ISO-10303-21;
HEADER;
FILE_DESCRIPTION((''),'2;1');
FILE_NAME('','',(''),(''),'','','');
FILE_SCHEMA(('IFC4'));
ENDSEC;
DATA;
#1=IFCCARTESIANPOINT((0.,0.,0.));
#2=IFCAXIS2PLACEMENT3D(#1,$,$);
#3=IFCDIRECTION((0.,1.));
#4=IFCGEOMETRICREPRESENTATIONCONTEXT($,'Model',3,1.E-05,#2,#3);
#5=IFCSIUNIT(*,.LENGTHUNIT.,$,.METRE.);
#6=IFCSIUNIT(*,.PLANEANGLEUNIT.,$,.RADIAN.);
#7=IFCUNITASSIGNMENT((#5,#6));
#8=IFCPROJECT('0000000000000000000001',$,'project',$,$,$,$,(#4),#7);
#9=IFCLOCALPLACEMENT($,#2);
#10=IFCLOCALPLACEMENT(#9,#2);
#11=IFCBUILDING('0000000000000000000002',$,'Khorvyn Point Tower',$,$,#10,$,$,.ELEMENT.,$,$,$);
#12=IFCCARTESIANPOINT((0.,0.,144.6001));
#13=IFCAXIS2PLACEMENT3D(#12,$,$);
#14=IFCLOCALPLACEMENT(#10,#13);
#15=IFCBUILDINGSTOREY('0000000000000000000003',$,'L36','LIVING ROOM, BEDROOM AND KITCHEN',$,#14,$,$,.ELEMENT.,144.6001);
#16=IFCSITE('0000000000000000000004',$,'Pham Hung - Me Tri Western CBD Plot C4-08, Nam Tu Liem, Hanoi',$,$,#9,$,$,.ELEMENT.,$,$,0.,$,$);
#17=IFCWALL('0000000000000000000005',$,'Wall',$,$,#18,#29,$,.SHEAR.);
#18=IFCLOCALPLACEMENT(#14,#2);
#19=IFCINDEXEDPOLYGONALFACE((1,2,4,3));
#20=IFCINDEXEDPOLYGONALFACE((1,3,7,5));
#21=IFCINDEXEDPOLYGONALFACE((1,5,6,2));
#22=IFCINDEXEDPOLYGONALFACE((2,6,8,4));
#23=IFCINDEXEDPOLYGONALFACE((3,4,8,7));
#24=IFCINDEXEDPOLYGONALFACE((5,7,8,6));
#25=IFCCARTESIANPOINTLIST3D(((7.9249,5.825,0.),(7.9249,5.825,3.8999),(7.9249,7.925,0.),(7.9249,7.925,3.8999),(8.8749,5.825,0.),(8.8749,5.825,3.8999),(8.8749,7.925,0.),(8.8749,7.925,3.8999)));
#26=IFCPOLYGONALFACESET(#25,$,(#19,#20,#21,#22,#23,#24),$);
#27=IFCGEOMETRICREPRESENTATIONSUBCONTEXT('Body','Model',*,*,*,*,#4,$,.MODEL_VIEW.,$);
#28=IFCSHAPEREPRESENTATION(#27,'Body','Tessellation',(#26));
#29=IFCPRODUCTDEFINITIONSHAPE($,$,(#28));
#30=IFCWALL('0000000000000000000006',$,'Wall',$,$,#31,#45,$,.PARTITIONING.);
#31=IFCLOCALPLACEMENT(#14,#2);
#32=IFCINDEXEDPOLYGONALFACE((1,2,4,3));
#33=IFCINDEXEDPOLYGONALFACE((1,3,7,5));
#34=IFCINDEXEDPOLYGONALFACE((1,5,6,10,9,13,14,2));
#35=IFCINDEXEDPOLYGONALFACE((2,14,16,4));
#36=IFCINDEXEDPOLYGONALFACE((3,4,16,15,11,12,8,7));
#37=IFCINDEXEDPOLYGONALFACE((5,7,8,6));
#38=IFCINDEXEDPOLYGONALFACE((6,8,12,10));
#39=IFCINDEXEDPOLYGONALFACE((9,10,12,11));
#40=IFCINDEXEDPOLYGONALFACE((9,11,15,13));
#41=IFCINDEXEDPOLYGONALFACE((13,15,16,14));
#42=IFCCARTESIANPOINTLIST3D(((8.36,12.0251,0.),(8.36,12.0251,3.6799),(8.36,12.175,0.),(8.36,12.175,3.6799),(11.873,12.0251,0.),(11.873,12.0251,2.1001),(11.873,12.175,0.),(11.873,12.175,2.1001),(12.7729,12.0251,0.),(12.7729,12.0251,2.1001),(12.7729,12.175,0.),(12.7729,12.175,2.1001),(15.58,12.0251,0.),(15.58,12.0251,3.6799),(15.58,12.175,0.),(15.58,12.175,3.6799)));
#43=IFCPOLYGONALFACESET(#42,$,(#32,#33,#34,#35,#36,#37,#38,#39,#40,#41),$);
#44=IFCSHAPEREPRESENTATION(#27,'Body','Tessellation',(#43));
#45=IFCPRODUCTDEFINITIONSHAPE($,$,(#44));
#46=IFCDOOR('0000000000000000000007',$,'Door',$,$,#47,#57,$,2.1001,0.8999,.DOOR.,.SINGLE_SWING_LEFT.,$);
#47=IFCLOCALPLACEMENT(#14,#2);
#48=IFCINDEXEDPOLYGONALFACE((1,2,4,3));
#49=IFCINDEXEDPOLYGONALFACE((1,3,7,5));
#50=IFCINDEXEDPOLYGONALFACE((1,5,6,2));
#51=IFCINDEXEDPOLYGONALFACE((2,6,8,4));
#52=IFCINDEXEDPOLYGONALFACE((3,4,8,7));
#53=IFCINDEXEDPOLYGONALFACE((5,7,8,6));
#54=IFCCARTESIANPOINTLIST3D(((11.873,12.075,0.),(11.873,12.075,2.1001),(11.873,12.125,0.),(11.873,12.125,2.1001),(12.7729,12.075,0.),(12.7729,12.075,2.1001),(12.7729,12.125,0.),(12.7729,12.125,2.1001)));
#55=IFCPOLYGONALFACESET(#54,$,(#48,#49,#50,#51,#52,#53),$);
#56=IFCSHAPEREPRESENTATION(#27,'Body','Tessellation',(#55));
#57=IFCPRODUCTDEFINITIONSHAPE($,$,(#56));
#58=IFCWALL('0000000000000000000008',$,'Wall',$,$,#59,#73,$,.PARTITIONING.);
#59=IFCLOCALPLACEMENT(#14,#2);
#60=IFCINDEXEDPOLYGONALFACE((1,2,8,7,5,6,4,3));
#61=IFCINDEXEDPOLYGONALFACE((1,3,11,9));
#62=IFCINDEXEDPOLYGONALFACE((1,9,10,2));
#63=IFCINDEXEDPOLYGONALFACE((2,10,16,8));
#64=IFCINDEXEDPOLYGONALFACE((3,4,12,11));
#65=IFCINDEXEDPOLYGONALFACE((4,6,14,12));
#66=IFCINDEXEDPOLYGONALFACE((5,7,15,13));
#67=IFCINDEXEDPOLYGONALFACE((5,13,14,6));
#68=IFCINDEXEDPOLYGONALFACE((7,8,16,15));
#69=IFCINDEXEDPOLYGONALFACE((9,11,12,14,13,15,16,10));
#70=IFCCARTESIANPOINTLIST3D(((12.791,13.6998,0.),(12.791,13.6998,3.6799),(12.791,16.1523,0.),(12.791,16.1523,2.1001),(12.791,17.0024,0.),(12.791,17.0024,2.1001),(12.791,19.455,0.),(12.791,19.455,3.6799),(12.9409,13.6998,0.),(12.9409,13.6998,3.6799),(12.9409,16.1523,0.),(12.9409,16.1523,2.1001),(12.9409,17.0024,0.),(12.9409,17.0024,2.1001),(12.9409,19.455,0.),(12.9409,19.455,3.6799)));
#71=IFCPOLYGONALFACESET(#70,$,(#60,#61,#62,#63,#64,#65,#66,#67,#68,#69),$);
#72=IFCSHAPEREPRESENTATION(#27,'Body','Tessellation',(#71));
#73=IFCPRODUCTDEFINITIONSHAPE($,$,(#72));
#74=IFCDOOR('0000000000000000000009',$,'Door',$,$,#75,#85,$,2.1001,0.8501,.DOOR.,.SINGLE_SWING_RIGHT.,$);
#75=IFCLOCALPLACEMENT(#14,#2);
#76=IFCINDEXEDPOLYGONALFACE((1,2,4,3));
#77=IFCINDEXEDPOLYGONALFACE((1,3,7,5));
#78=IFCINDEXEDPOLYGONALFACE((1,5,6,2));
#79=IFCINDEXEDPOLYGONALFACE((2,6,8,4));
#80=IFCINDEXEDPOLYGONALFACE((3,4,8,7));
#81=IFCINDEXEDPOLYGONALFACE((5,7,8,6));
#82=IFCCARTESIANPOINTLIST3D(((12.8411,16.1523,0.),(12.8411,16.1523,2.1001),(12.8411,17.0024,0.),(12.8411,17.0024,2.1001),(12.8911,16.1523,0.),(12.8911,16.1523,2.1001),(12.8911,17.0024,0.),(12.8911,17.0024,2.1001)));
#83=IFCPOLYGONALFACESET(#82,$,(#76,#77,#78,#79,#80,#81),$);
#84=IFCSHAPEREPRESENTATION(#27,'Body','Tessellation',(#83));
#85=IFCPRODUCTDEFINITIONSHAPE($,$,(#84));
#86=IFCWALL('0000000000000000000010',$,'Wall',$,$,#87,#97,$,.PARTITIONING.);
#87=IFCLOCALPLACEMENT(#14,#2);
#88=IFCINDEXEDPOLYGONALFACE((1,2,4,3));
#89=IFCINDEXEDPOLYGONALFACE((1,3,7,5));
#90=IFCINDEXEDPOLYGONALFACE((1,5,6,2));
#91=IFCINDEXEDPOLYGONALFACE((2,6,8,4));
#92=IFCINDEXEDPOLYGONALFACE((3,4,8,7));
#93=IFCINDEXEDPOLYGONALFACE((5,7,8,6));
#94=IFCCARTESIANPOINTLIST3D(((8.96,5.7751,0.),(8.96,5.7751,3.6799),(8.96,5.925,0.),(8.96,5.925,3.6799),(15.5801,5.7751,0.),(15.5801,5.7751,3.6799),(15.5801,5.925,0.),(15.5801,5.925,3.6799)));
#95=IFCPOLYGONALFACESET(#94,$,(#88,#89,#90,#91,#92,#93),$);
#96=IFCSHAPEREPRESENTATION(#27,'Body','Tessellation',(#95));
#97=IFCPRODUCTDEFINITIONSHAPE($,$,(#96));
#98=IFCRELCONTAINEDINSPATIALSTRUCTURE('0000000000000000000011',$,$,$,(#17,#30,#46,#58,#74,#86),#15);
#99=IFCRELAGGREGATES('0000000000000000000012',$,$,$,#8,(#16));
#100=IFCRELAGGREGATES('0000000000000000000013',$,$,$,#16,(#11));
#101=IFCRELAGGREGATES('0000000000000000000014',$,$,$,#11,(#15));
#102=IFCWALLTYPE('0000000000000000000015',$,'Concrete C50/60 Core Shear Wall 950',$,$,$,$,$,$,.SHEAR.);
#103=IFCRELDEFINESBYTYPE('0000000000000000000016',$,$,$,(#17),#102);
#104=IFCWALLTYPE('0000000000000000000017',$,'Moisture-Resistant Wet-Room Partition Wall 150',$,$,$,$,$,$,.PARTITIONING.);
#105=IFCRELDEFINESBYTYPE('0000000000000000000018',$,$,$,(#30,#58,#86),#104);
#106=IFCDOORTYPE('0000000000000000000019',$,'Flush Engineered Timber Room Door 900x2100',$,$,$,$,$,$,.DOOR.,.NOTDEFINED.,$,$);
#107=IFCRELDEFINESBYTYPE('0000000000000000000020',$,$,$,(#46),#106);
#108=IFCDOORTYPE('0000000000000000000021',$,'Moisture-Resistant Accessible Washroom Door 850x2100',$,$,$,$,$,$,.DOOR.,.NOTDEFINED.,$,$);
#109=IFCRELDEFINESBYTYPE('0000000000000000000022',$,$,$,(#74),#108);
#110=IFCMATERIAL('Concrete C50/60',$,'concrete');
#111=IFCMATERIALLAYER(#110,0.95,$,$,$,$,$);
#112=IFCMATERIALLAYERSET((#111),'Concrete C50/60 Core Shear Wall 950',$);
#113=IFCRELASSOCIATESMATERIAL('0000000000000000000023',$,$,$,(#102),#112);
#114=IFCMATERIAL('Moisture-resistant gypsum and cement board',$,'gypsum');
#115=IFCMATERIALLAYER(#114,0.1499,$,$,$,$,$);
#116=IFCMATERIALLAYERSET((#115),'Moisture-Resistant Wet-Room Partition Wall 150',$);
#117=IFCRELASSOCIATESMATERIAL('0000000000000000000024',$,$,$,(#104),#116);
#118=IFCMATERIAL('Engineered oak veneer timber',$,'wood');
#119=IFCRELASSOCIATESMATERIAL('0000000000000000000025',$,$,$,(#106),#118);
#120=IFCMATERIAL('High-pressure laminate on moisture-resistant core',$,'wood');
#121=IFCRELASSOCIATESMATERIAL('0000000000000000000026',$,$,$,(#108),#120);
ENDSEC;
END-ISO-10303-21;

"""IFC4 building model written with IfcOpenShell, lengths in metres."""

from ifc_helpers import new_model, si_unit, direction, frame, frame_2d, origin, place, context, subcontext, project, spatial, rectangle, extrude, material, layer, layer_set, type_object, element, fill, save


model = new_model("IFC4")

# Units and contexts
model_context = context("Model", 3, precision=1e-05, world=origin(), true_north=direction((0.0, 1.0)))
body_context = subcontext(model_context, "Body", "Model", "MODEL_VIEW")
ifc_project = project(units=[si_unit("LENGTHUNIT", "METRE"), si_unit("PLANEANGLEUNIT", "RADIAN")], contexts=[model_context])

# Site, building, storey
site_placement = place(None, origin())
site = spatial("IfcSite", under=ifc_project, at=site_placement, Name="Pham Hung - Me Tri Western CBD Plot C4-08, Nam Tu Liem, Hanoi", CompositionType="ELEMENT", RefElevation=0.0)
building_placement = place(site_placement, origin())
building = spatial("IfcBuilding", under=site, at=building_placement, Name="Khorvyn Point Tower", CompositionType="ELEMENT")
storey_placement = place(building_placement, frame((0.0, 0.0, 144.6001)))
storey = spatial("IfcBuildingStorey", under=building, at=storey_placement, Name="L36", Description="LIVING ROOM, BEDROOM AND KITCHEN", CompositionType="ELEMENT", Elevation=144.6001)

# Shared definitions
ifc_material_1 = material(Name="Concrete C50/60", Category="concrete")

# Wall
ifc_layer_1 = layer(ifc_material_1, 0.95)
ifc_layer_set_1 = layer_set([ifc_layer_1], Name="Concrete C50/60 Core Shear Wall 950")
wall_type_1 = type_object("IfcWallType", Name="Concrete C50/60 Core Shear Wall 950", PredefinedType="SHEAR", material=ifc_layer_set_1)
wall_1_placement = place(storey_placement, frame((8.3999, 5.825, 0.0), z_axis=(0.0, 0.0, 1.0), x_axis=(0.0, 1.0, 0.0)))
element("IfcWall", 1, at=wall_1_placement, inside=storey, type_object=wall_type_1, Name="Wall", PredefinedType="SHEAR", context=body_context, shape_type="SweptSolid", body=[
    extrude(rectangle(XDim=2.1001, YDim=0.95, at=frame_2d((1.05, 0.0))), origin(), (0.0, 0.0, 1.0), 3.8999),
])

# Walls, openings, doors
ifc_material_2 = material(Name="Moisture-resistant gypsum and cement board", Category="gypsum")
ifc_layer_2 = layer(ifc_material_2, 0.1499)
ifc_layer_set_2 = layer_set([ifc_layer_2], Name="Moisture-Resistant Wet-Room Partition Wall 150")
wall_type_2 = type_object("IfcWallType", Name="Moisture-Resistant Wet-Room Partition Wall 150", PredefinedType="PARTITIONING", material=ifc_layer_set_2)
wall_2_placement = place(storey_placement, frame((8.3601, 12.1001, 0.0), z_axis=(0.0, 0.0, 1.0), x_axis=(1.0, 0.0, 0.0)))
wall_2 = element("IfcWall", 2, at=wall_2_placement, inside=storey, type_object=wall_type_2, Name="Wall", PredefinedType="PARTITIONING", context=body_context, shape_type="SweptSolid", body=[
    extrude(rectangle(XDim=7.22, YDim=0.1499, at=frame_2d((3.6099, 0.0))), origin(), (0.0, 0.0, 1.0), 3.6799),
])
opening_1_placement = place(wall_2_placement, frame((3.5129, 0.0, 0.0)))
opening_1 = element("IfcOpeningElement", 3, at=opening_1_placement, cuts=wall_2, PredefinedType="OPENING", context=body_context, shape_type="SweptSolid", body=[
    extrude(rectangle(XDim=0.8999, YDim=2.1001, at=frame_2d((0.45, 1.05))), frame((0.0, 0.085, 0.0), z_axis=(0.0, -1.0, 0.0), x_axis=(1.0, 0.0, 0.0)), (0.0, 0.0, 1.0), 0.1699),
])
ifc_material_3 = material(Name="Engineered oak veneer timber", Category="wood")
door_type_1 = type_object("IfcDoorType", Name="Flush Engineered Timber Room Door 900x2100", OperationType="NOTDEFINED", PredefinedType="DOOR", material=ifc_material_3)
door_1_placement = place(opening_1_placement, origin())
door_1 = element("IfcDoor", 4, at=door_1_placement, inside=storey, type_object=door_type_1, Name="Door", OperationType="SINGLE_SWING_LEFT", OverallHeight=2.1001, OverallWidth=0.8999, PredefinedType="DOOR", context=body_context, shape_type="SweptSolid", body=[
    extrude(rectangle(XDim=0.8999, YDim=2.1001, at=frame_2d((0.45, 1.05))), frame((0.0, 0.0249, 0.0), z_axis=(0.0, -1.0, 0.0), x_axis=(1.0, 0.0, 0.0)), (0.0, 0.0, 1.0), 0.05),
])
fill(opening_1, door_1)
wall_3_placement = place(storey_placement, frame((12.866, 13.7, 0.0), z_axis=(0.0, 0.0, 1.0), x_axis=(0.0, 1.0, 0.0)))
wall_3 = element("IfcWall", 5, at=wall_3_placement, inside=storey, type_object=wall_type_2, Name="Wall", PredefinedType="PARTITIONING", context=body_context, shape_type="SweptSolid", body=[
    extrude(rectangle(XDim=5.7551, YDim=0.1499, at=frame_2d((2.8774, 0.0))), origin(), (0.0, 0.0, 1.0), 3.6799),
])
opening_2_placement = place(wall_3_placement, frame((2.4524, 0.0, 0.0)))
opening_2 = element("IfcOpeningElement", 6, at=opening_2_placement, cuts=wall_3, PredefinedType="OPENING", context=body_context, shape_type="SweptSolid", body=[
    extrude(rectangle(XDim=0.8501, YDim=2.1001, at=frame_2d((0.425, 1.05))), frame((0.0, 0.085, 0.0), z_axis=(0.0, -1.0, 0.0), x_axis=(1.0, 0.0, 0.0)), (0.0, 0.0, 1.0), 0.1699),
])
ifc_material_4 = material(Name="High-pressure laminate on moisture-resistant core", Category="wood")
door_type_2 = type_object("IfcDoorType", Name="Moisture-Resistant Accessible Washroom Door 850x2100", OperationType="NOTDEFINED", PredefinedType="DOOR", material=ifc_material_4)
door_2_placement = place(opening_2_placement, origin())
door_2 = element("IfcDoor", 7, at=door_2_placement, inside=storey, type_object=door_type_2, Name="Door", OperationType="SINGLE_SWING_RIGHT", OverallHeight=2.1001, OverallWidth=0.8501, PredefinedType="DOOR", context=body_context, shape_type="SweptSolid", body=[
    extrude(rectangle(XDim=0.8501, YDim=2.1001, at=frame_2d((0.425, 1.05))), frame((0.0, 0.0249, 0.0), z_axis=(0.0, -1.0, 0.0), x_axis=(1.0, 0.0, 0.0)), (0.0, 0.0, 1.0), 0.05),
])
fill(opening_2, door_2)

# Wall
wall_4_placement = place(storey_placement, frame((8.96, 5.8501, 0.0), z_axis=(0.0, 0.0, 1.0), x_axis=(1.0, 0.0, 0.0)))
element("IfcWall", 8, at=wall_4_placement, inside=storey, type_object=wall_type_2, Name="Wall", PredefinedType="PARTITIONING", context=body_context, shape_type="SweptSolid", body=[
    extrude(rectangle(XDim=6.6201, YDim=0.1499, at=frame_2d((3.3101, 0.0))), origin(), (0.0, 0.0, 1.0), 3.6799),
])

save(model, "model.ifc")
